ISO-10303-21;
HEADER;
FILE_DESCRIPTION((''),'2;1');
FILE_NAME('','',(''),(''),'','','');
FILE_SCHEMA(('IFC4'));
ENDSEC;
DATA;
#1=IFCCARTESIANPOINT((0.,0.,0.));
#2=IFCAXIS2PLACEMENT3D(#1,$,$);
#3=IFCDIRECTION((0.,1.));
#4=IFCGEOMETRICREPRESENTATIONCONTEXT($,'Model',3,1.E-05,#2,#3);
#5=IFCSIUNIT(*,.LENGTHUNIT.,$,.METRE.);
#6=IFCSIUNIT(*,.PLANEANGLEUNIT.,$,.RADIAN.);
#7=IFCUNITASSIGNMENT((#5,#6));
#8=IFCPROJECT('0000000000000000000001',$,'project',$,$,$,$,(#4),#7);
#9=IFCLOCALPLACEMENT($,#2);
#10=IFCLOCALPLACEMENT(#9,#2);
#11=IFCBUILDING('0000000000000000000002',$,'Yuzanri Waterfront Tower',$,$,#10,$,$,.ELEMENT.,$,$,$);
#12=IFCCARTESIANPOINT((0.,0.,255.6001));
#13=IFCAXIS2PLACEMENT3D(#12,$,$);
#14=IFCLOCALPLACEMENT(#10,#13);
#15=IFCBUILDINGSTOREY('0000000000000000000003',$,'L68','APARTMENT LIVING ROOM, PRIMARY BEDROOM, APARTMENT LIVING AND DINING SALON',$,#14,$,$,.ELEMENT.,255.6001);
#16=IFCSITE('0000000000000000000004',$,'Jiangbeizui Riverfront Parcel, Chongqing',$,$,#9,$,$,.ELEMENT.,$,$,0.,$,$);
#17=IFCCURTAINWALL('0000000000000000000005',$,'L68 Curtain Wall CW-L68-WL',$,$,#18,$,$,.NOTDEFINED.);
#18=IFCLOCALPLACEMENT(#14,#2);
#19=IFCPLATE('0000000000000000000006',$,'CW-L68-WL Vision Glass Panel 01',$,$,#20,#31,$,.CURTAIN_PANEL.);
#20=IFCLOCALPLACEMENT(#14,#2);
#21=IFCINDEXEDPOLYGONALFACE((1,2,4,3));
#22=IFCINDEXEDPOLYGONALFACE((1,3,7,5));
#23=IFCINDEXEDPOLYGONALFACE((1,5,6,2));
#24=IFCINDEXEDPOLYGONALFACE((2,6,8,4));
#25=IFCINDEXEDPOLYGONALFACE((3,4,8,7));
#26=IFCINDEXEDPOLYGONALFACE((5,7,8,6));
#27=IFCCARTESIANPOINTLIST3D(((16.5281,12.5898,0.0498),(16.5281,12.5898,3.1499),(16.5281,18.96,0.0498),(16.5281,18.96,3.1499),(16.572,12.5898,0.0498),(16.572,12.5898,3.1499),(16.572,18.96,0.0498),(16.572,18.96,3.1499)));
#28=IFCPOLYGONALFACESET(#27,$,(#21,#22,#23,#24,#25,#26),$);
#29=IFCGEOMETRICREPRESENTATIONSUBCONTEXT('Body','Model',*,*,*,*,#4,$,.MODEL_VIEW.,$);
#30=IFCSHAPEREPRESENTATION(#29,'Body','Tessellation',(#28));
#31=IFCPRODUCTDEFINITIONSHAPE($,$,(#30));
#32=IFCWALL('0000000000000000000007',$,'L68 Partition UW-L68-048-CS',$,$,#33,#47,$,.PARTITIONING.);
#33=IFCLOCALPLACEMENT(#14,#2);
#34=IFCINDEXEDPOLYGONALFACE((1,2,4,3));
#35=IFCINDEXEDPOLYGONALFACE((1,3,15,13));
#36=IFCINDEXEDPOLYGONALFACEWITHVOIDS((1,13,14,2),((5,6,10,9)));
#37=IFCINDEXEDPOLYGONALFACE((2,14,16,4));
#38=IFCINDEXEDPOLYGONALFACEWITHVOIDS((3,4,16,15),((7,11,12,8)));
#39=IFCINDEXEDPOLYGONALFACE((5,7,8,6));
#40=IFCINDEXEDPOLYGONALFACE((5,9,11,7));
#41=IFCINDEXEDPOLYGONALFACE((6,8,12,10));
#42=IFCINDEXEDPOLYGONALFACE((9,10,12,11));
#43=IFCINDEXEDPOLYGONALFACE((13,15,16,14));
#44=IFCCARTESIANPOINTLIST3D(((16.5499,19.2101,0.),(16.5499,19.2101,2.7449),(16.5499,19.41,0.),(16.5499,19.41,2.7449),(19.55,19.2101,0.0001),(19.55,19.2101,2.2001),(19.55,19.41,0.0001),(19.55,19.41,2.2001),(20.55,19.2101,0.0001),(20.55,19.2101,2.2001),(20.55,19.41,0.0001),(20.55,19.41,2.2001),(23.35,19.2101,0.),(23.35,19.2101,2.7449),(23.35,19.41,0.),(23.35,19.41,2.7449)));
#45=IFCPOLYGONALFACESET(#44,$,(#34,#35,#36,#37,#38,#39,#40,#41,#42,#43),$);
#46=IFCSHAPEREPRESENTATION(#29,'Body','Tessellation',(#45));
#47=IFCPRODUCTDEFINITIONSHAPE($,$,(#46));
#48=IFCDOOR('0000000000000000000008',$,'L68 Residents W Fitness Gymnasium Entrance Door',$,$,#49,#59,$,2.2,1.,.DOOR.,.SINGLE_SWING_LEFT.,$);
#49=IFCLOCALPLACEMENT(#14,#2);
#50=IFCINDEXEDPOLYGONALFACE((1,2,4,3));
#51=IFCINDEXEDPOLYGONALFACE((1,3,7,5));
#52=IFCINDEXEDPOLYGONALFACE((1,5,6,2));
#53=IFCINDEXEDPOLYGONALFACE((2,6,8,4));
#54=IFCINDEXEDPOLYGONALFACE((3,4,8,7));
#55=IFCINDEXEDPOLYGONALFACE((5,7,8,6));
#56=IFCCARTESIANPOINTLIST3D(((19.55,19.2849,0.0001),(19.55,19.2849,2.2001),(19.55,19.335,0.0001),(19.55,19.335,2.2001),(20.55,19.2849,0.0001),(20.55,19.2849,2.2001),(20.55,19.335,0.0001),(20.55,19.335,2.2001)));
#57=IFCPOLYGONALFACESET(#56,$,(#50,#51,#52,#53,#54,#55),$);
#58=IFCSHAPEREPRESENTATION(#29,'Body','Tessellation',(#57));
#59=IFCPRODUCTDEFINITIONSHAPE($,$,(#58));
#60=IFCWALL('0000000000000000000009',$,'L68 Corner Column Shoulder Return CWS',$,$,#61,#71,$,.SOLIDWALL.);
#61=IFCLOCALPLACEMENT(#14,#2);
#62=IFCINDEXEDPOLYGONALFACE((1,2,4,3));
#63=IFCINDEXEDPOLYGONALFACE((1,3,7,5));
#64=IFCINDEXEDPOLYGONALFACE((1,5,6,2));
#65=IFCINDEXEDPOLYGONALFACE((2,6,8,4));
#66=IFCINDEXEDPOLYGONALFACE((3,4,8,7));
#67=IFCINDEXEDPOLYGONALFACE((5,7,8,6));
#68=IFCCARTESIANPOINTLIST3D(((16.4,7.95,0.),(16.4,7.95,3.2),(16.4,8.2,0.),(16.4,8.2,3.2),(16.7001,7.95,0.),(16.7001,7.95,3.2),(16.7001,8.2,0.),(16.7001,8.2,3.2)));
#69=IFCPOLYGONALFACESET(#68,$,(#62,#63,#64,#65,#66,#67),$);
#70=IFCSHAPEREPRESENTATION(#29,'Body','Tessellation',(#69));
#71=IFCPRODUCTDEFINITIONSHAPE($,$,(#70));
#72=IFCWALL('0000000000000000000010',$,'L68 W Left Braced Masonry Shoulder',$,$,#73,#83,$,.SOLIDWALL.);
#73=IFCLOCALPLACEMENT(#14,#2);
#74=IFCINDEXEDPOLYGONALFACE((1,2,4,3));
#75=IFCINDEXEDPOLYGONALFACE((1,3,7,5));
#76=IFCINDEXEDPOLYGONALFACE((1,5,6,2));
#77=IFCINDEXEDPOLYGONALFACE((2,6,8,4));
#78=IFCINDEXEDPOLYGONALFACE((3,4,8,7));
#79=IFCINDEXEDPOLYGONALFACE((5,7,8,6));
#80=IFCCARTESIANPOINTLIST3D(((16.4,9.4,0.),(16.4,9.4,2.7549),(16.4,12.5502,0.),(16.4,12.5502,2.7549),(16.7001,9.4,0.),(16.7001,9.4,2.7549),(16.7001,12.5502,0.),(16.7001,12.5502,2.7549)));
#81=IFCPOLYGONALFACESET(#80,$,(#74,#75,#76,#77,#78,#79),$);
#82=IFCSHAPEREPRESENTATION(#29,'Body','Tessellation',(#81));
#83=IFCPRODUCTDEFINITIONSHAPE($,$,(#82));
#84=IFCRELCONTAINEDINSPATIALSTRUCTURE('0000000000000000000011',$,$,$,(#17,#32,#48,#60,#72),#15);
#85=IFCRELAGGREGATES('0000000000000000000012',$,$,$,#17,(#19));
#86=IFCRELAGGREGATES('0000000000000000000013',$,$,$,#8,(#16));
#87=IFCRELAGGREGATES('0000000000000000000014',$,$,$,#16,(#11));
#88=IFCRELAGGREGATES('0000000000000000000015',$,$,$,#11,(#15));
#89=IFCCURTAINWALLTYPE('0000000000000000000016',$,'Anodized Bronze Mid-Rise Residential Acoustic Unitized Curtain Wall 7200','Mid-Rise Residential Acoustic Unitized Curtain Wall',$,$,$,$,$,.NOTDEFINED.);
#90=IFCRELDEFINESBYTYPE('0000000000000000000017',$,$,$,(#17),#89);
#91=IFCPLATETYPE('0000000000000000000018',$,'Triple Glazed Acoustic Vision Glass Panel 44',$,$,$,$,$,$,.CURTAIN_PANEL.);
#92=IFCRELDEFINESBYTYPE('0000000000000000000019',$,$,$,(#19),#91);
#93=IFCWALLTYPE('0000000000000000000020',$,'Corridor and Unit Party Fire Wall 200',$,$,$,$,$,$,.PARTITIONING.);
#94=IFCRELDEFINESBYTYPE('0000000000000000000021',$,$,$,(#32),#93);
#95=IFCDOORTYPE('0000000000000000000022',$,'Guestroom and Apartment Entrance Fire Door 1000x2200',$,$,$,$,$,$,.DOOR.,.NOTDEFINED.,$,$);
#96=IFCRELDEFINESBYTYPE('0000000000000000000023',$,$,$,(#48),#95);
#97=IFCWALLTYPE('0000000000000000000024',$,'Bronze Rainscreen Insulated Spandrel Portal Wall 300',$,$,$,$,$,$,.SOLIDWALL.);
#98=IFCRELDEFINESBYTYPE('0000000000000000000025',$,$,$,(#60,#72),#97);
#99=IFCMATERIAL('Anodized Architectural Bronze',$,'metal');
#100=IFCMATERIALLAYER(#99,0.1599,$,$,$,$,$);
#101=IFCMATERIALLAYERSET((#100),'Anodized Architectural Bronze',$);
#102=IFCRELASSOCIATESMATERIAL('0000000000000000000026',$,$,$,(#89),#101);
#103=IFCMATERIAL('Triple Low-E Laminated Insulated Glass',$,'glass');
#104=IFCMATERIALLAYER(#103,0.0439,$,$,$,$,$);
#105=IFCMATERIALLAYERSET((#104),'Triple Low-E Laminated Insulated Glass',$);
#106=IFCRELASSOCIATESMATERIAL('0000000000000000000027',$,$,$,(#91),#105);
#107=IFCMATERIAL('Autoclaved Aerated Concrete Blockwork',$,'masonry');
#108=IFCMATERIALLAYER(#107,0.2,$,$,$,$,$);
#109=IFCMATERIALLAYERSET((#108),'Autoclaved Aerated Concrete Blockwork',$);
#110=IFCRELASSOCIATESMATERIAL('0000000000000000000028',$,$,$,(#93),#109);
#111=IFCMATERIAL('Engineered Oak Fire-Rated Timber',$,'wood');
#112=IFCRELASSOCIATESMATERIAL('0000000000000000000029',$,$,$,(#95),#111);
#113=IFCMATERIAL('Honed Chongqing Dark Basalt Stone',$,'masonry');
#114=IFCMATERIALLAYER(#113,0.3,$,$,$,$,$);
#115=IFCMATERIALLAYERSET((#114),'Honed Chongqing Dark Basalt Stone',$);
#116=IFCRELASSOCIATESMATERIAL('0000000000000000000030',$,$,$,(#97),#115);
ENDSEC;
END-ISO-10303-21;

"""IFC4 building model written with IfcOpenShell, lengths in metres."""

from ifc_helpers import new_model, si_unit, direction, frame, frame_2d, origin, origin_2d, place, context, subcontext, project, spatial, rectangle, extrude, source, transform, mapped, material, layer, layer_set, type_object, element, fill, aggregate, save


model = new_model("IFC4")

# Units and contexts
model_context = context("Model", 3, precision=1e-05, world=origin(), true_north=direction((0.0, 1.0)))
body_context = subcontext(model_context, "Body", "Model", "MODEL_VIEW")
ifc_project = project(units=[si_unit("LENGTHUNIT", "METRE"), si_unit("PLANEANGLEUNIT", "RADIAN")], contexts=[model_context])

# Site, building, storey
site_placement = place(None, origin())
site = spatial("IfcSite", under=ifc_project, at=site_placement, Name="Jiangbeizui Riverfront Parcel, Chongqing", CompositionType="ELEMENT", RefElevation=0.0)
building_placement = place(site_placement, origin())
building = spatial("IfcBuilding", under=site, at=building_placement, Name="Yuzanri Waterfront Tower", CompositionType="ELEMENT")
storey_placement = place(building_placement, frame((0.0, 0.0, 255.6001)))
storey = spatial("IfcBuildingStorey", under=building, at=storey_placement, Name="L68", Description="APARTMENT LIVING ROOM, PRIMARY BEDROOM, APARTMENT LIVING AND DINING SALON", CompositionType="ELEMENT", Elevation=255.6001)

# Curtain wall
ifc_material_1 = material(Name="Anodized Architectural Bronze", Category="metal")
ifc_layer_1 = layer(ifc_material_1, 0.1599)
ifc_layer_set_1 = layer_set([ifc_layer_1], Name="Anodized Architectural Bronze")
curtain_wall_type = type_object("IfcCurtainWallType", Name="Anodized Bronze Mid-Rise Residential Acoustic Unitized Curtain Wall 7200", Description="Mid-Rise Residential Acoustic Unitized Curtain Wall", PredefinedType="NOTDEFINED", material=ifc_layer_set_1)
curtain_wall_placement = place(storey_placement, origin())
curtain_wall = element("IfcCurtainWall", 1, at=curtain_wall_placement, inside=storey, type_object=curtain_wall_type, Name="L68 Curtain Wall CW-L68-WL", PredefinedType="NOTDEFINED")

# Plate
ifc_material_2 = material(Name="Triple Low-E Laminated Insulated Glass", Category="glass")
ifc_layer_2 = layer(ifc_material_2, 0.0439)
ifc_layer_set_2 = layer_set([ifc_layer_2], Name="Triple Low-E Laminated Insulated Glass")
plate_type_1 = type_object("IfcPlateType", Name="Triple Glazed Acoustic Vision Glass Panel 44", PredefinedType="CURTAIN_PANEL", material=ifc_layer_set_2)
shared_shape_1 = source(origin(), body_context, "Body", "SweptSolid", [
    extrude(rectangle(XDim=6.3701, YDim=0.0439, at=origin_2d()), origin(), (0.0, 0.0, 1.0), 3.1001),
])
plate_1_placement = place(storey_placement, frame((16.55, 15.7749, 0.0498), z_axis=(0.0, 0.0, 1.0), x_axis=(0.0, 1.0, 0.0)))
plate_1 = element("IfcPlate", 2, at=plate_1_placement, type_object=plate_type_1, Name="CW-L68-WL Vision Glass Panel 01", PredefinedType="CURTAIN_PANEL", context=body_context, shape_type="MappedRepresentation", body=[
    mapped(shared_shape_1, transform((0.0, 0.0, 0.0), scale=1.0)),
])
aggregate(curtain_wall, [plate_1])

# Wall, opening, door
ifc_material_3 = material(Name="Autoclaved Aerated Concrete Blockwork", Category="masonry")
ifc_layer_3 = layer(ifc_material_3, 0.2)
ifc_layer_set_3 = layer_set([ifc_layer_3], Name="Autoclaved Aerated Concrete Blockwork")
wall_type_1 = type_object("IfcWallType", Name="Corridor and Unit Party Fire Wall 200", PredefinedType="PARTITIONING", material=ifc_layer_set_3)
wall_1_placement = place(storey_placement, frame((16.55, 19.3101, 0.0), z_axis=(0.0, 0.0, 1.0), x_axis=(1.0, 0.0, 0.0)))
wall_1 = element("IfcWall", 3, at=wall_1_placement, inside=storey, type_object=wall_type_1, Name="L68 Partition UW-L68-048-CS", PredefinedType="PARTITIONING", context=body_context, shape_type="SweptSolid", body=[
    extrude(rectangle(XDim=6.8, YDim=0.2, at=frame_2d((3.3999, 0.0))), origin(), (0.0, 0.0, 1.0), 2.7449),
])
opening_placement = place(wall_1_placement, frame((3.0, 0.0, 0.0)))
opening = element("IfcOpeningElement", 4, at=opening_placement, cuts=wall_1, PredefinedType="OPENING", context=body_context, shape_type="SweptSolid", body=[
    extrude(rectangle(XDim=1.0, YDim=2.2, at=frame_2d((0.5, 1.1001))), frame((0.0, 0.1147, 0.0), z_axis=(0.0, -1.0, 0.0), x_axis=(1.0, 0.0, 0.0)), (0.0, 0.0, 1.0), 0.2297),
])
ifc_material_4 = material(Name="Engineered Oak Fire-Rated Timber", Category="wood")
door_type = type_object("IfcDoorType", Name="Guestroom and Apartment Entrance Fire Door 1000x2200", OperationType="NOTDEFINED", PredefinedType="DOOR", material=ifc_material_4)
shared_shape_2 = source(origin(), body_context, "Body", "SweptSolid", [
    extrude(rectangle(XDim=1.0, YDim=2.2, at=frame_2d((0.5, 1.1001))), frame((0.0, 0.0249, 0.0), z_axis=(0.0, -1.0, 0.0), x_axis=(1.0, 0.0, 0.0)), (0.0, 0.0, 1.0), 0.05),
])
door_placement = place(opening_placement, origin())
door = element("IfcDoor", 5, at=door_placement, inside=storey, type_object=door_type, Name="L68 Residents W Fitness Gymnasium Entrance Door", OperationType="SINGLE_SWING_LEFT", OverallHeight=2.2, OverallWidth=1.0, PredefinedType="DOOR", context=body_context, shape_type="MappedRepresentation", body=[
    mapped(shared_shape_2, transform((0.0, 0.0, 0.0), scale=1.0)),
])
fill(opening, door)

# Walls
ifc_material_5 = material(Name="Honed Chongqing Dark Basalt Stone", Category="masonry")
ifc_layer_4 = layer(ifc_material_5, 0.3)
ifc_layer_set_4 = layer_set([ifc_layer_4], Name="Honed Chongqing Dark Basalt Stone")
wall_type_2 = type_object("IfcWallType", Name="Bronze Rainscreen Insulated Spandrel Portal Wall 300", PredefinedType="SOLIDWALL", material=ifc_layer_set_4)
shared_shape_3 = source(origin(), body_context, "Body", "SweptSolid", [
    extrude(rectangle(XDim=0.25, YDim=0.3, at=frame_2d((0.125, 0.0))), origin(), (0.0, 0.0, 1.0), 3.2),
])
wall_2_placement = place(storey_placement, frame((16.55, 7.95, 0.0), z_axis=(0.0, 0.0, 1.0), x_axis=(0.0, 1.0, 0.0)))
element("IfcWall", 6, at=wall_2_placement, inside=storey, type_object=wall_type_2, Name="L68 Corner Column Shoulder Return CWS", PredefinedType="SOLIDWALL", context=body_context, shape_type="MappedRepresentation", body=[
    mapped(shared_shape_3, transform((0.0, 0.0, 0.0), scale=1.0)),
])
shared_shape_4 = source(origin(), body_context, "Body", "SweptSolid", [
    extrude(rectangle(XDim=3.1501, YDim=0.3, at=frame_2d((1.5752, 0.0))), origin(), (0.0, 0.0, 1.0), 2.7549),
])
wall_3_placement = place(storey_placement, frame((16.55, 9.3999, 0.0), z_axis=(0.0, 0.0, 1.0), x_axis=(0.0, 1.0, 0.0)))
element("IfcWall", 7, at=wall_3_placement, inside=storey, type_object=wall_type_2, Name="L68 W Left Braced Masonry Shoulder", PredefinedType="SOLIDWALL", context=body_context, shape_type="MappedRepresentation", body=[
    mapped(shared_shape_4, transform((0.0, 0.0, 0.0), scale=1.0)),
])

save(model, "model.ifc")
